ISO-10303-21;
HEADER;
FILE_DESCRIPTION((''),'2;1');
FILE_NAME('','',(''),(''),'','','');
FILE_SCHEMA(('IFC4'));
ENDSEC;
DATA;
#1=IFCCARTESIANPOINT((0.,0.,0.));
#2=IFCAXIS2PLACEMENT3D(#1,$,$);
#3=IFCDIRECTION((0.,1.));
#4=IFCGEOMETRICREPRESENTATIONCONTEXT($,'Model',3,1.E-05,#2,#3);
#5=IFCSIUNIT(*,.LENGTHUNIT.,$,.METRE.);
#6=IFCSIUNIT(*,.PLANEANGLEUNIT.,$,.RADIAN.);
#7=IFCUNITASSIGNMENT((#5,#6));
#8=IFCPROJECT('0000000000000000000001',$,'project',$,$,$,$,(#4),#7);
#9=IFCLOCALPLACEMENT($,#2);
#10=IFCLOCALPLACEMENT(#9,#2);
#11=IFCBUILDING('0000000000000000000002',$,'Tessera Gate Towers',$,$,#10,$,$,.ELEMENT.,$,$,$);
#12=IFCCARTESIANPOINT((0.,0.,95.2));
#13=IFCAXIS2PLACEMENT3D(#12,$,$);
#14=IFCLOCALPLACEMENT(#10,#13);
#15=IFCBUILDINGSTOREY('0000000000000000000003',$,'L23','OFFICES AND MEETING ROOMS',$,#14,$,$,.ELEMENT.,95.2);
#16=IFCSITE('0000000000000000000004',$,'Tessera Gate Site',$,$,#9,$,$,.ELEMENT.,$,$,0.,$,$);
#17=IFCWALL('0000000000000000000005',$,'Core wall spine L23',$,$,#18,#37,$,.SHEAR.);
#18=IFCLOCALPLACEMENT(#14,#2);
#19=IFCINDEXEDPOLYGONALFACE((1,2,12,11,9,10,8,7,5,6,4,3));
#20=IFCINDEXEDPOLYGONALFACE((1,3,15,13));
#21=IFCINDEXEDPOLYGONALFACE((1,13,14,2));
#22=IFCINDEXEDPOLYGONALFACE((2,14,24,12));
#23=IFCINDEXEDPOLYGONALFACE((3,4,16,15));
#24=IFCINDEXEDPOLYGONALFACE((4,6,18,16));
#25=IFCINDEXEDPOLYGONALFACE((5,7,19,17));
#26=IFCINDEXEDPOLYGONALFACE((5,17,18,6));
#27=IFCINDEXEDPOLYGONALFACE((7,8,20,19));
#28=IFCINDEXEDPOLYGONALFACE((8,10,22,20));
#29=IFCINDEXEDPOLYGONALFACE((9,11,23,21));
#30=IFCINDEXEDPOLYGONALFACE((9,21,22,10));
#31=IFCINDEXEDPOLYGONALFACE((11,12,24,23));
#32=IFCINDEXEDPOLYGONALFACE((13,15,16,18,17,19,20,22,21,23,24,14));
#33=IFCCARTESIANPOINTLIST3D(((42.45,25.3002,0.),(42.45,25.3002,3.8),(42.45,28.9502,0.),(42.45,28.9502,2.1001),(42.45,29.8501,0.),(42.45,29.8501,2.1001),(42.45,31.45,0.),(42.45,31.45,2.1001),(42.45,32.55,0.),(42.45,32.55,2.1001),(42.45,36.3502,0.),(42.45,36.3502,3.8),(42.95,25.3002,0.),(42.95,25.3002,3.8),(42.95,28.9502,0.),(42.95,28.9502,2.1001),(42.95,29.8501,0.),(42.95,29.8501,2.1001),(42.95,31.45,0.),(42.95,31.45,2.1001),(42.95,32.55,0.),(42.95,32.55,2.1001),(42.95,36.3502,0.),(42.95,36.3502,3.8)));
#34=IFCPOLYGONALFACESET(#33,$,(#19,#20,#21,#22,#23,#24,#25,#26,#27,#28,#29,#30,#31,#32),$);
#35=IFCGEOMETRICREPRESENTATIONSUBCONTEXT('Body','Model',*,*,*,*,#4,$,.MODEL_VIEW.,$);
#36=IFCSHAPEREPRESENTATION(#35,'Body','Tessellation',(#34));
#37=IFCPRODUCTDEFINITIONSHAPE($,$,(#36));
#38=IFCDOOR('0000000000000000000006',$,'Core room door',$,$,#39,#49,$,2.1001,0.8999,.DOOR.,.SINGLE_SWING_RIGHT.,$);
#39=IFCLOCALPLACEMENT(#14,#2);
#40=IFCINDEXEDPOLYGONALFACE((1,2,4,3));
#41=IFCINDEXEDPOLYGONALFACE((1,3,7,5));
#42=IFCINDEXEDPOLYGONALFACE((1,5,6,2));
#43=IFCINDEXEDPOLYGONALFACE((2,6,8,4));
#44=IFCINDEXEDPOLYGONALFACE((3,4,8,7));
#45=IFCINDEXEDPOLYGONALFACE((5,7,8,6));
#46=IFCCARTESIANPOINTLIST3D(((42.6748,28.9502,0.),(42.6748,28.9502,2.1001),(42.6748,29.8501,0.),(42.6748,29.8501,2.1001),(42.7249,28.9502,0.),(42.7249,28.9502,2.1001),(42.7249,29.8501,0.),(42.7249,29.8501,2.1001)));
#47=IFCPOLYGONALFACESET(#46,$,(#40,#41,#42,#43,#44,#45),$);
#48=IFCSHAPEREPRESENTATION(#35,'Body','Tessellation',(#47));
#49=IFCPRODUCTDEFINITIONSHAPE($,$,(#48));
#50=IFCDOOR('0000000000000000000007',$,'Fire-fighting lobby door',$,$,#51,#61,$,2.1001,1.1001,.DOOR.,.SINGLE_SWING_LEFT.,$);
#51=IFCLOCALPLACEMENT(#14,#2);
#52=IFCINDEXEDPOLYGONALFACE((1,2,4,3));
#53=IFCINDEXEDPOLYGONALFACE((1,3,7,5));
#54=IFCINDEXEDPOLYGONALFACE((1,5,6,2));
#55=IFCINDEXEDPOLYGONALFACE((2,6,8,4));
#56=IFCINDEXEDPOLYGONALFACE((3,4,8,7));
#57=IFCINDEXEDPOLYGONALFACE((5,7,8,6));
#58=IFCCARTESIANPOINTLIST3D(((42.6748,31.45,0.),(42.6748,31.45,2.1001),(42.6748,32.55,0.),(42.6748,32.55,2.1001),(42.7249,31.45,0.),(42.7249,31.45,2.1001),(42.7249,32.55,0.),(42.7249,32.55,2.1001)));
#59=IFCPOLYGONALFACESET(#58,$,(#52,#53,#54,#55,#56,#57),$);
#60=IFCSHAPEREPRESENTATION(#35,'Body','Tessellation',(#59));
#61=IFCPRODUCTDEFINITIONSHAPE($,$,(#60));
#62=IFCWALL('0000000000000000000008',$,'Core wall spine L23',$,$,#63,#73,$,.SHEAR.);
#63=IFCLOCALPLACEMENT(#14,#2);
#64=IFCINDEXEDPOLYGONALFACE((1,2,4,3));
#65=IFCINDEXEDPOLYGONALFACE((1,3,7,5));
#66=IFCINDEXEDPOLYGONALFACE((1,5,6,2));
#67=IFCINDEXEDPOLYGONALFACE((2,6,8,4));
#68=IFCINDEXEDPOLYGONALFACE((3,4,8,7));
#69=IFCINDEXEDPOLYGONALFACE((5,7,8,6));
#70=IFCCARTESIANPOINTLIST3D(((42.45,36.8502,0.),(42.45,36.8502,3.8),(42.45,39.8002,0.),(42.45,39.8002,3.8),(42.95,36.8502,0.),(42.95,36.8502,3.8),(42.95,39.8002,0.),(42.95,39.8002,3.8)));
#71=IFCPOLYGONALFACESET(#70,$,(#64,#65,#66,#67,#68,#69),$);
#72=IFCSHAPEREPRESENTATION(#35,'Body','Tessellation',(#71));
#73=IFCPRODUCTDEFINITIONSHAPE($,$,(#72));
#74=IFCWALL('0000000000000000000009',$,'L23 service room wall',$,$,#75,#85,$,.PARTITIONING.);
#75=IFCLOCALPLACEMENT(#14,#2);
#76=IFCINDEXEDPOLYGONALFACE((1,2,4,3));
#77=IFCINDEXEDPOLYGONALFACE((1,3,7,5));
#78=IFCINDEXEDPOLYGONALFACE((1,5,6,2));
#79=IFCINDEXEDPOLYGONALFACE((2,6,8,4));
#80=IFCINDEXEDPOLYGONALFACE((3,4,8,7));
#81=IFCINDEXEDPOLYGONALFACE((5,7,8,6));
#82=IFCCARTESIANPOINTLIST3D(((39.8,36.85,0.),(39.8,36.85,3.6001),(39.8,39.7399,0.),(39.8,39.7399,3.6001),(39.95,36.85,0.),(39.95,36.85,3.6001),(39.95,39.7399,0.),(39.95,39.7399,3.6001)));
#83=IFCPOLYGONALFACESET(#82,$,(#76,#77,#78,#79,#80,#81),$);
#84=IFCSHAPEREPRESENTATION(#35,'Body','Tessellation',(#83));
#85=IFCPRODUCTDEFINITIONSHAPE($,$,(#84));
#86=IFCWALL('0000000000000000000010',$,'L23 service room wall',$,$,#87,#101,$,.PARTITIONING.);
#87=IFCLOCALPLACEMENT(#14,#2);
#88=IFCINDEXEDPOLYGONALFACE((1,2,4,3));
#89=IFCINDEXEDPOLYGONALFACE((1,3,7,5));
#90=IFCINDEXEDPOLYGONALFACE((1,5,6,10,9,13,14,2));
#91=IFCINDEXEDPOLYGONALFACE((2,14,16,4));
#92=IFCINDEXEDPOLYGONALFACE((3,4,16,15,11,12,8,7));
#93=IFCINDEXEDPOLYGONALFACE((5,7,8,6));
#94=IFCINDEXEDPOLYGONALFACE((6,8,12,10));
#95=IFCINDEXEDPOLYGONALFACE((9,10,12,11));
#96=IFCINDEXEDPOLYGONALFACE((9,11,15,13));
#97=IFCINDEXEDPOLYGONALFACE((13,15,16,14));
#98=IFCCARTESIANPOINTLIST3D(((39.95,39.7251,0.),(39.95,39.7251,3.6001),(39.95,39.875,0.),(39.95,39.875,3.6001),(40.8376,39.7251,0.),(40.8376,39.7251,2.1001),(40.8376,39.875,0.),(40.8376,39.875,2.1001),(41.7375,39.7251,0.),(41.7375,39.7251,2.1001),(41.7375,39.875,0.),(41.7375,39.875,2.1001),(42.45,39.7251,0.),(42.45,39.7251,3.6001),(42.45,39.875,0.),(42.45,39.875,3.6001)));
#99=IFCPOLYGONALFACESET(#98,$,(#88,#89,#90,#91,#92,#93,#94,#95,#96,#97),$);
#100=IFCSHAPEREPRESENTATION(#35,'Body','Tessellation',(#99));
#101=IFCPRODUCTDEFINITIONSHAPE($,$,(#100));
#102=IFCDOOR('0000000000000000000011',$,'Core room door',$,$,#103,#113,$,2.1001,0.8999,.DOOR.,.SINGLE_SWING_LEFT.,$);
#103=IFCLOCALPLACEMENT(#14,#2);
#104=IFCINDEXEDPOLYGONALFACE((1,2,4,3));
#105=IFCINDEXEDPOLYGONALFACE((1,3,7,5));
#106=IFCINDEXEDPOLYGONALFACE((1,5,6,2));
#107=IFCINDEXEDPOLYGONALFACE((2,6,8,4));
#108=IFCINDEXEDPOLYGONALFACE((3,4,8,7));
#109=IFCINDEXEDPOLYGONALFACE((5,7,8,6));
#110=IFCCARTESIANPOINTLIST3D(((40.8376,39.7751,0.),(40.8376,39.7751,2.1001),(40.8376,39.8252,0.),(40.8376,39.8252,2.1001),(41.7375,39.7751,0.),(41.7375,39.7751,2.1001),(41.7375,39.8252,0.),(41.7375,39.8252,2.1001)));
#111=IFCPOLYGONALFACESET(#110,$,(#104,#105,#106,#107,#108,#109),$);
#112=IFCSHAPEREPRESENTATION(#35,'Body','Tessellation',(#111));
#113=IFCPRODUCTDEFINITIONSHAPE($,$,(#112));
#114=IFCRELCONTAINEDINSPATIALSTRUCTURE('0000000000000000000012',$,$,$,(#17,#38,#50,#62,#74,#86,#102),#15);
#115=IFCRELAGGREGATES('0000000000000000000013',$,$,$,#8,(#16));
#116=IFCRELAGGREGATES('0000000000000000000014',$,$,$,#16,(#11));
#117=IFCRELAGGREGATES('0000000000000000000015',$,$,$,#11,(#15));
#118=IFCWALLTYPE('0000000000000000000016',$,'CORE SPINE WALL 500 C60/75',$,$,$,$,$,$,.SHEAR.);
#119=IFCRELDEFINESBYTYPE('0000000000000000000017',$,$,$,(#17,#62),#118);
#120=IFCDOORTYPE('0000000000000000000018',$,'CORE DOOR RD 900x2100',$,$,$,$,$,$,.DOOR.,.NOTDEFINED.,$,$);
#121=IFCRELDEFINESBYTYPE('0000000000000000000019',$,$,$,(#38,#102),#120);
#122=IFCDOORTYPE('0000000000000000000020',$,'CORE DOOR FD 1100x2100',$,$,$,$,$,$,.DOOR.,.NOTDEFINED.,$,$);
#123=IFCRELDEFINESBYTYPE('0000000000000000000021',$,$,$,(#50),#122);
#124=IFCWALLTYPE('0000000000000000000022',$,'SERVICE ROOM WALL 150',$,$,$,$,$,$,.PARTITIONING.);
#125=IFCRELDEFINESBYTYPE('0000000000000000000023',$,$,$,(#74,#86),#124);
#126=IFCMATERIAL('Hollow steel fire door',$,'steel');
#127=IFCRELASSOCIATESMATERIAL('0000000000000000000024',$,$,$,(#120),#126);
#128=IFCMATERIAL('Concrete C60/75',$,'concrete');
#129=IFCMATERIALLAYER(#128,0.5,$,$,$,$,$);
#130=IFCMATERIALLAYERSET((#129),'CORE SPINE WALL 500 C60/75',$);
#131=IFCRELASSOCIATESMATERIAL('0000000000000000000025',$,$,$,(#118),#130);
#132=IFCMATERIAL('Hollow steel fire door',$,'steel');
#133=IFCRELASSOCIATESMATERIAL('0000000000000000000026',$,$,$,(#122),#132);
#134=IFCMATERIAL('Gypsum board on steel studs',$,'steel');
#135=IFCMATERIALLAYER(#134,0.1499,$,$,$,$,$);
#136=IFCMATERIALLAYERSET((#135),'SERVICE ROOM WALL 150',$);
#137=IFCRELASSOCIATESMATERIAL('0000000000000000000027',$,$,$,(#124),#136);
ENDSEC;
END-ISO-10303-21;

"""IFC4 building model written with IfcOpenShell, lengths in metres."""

from ifc_helpers import new_model, si_unit, direction, frame, frame_2d, origin, place, context, subcontext, project, spatial, rectangle, extrude, source, transform, mapped, material, layer, layer_set, type_object, element, fill, save


model = new_model("IFC4")

# Units and contexts
model_context = context("Model", 3, precision=1e-05, world=origin(), true_north=direction((0.0, 1.0)))
body_context = subcontext(model_context, "Body", "Model", "MODEL_VIEW")
ifc_project = project(units=[si_unit("LENGTHUNIT", "METRE"), si_unit("PLANEANGLEUNIT", "RADIAN")], contexts=[model_context])

# Site, building, storey
site_placement = place(None, origin())
site = spatial("IfcSite", under=ifc_project, at=site_placement, Name="Tessera Gate Site", CompositionType="ELEMENT", RefElevation=0.0)
building_placement = place(site_placement, origin())
building = spatial("IfcBuilding", under=site, at=building_placement, Name="Tessera Gate Towers", CompositionType="ELEMENT")
storey_placement = place(building_placement, frame((0.0, 0.0, 95.2)))
storey = spatial("IfcBuildingStorey", under=building, at=storey_placement, Name="L23", Description="OFFICES AND MEETING ROOMS", CompositionType="ELEMENT", Elevation=95.2)

# Shared definitions
ifc_material_1 = material(Name="Hollow steel fire door", Category="steel")
door_type_1 = type_object("IfcDoorType", Name="CORE DOOR RD 900x2100", OperationType="NOTDEFINED", PredefinedType="DOOR", material=ifc_material_1)
shared_shape_1 = source(origin(), body_context, "Body", "SweptSolid", [
    extrude(rectangle(XDim=0.8999, YDim=2.1001, at=frame_2d((0.45, 1.05))), frame((0.0, 0.0249, 0.0), z_axis=(0.0, -1.0, 0.0), x_axis=(1.0, 0.0, 0.0)), (0.0, 0.0, 1.0), 0.05),
])

# Wall, openings, doors
ifc_material_2 = material(Name="Concrete C60/75", Category="concrete")
ifc_layer_1 = layer(ifc_material_2, 0.5)
ifc_layer_set_1 = layer_set([ifc_layer_1], Name="CORE SPINE WALL 500 C60/75")
wall_type_1 = type_object("IfcWallType", Name="CORE SPINE WALL 500 C60/75", PredefinedType="SHEAR", material=ifc_layer_set_1)
wall_1_placement = place(storey_placement, frame((42.7, 36.3501, 0.0), z_axis=(0.0, 0.0, 1.0), x_axis=(0.0, -1.0, 0.0)))
wall_1 = element("IfcWall", 1, at=wall_1_placement, inside=storey, type_object=wall_type_1, Name="Core wall spine L23", PredefinedType="SHEAR", context=body_context, shape_type="SweptSolid", body=[
    extrude(rectangle(XDim=11.05, YDim=0.5, at=frame_2d((5.5249, 0.0))), origin(), (0.0, 0.0, 1.0), 3.8),
])
shared_shape_2 = source(origin(), body_context, "Body", "SweptSolid", [
    extrude(rectangle(XDim=0.8999, YDim=2.1001, at=frame_2d((0.45, 1.05))), frame((0.0, 0.26, 0.0), z_axis=(0.0, -1.0, 0.0), x_axis=(1.0, 0.0, 0.0)), (0.0, 0.0, 1.0), 0.52),
])
opening_1_placement = place(wall_1_placement, frame((6.5, 0.0, 0.0)))
opening_1 = element("IfcOpeningElement", 2, at=opening_1_placement, cuts=wall_1, PredefinedType="OPENING", context=body_context, shape_type="MappedRepresentation", body=[
    mapped(shared_shape_2, transform((0.0, 0.0, 0.0), scale=1.0)),
])
shared_shape_3 = source(origin(), body_context, "Body", "SweptSolid", [
    extrude(rectangle(XDim=1.1001, YDim=2.1001, at=frame_2d((0.55, 1.05))), frame((0.0, 0.26, 0.0), z_axis=(0.0, -1.0, 0.0), x_axis=(1.0, 0.0, 0.0)), (0.0, 0.0, 1.0), 0.52),
])
opening_2_placement = place(wall_1_placement, frame((3.8, 0.0, 0.0)))
opening_2 = element("IfcOpeningElement", 3, at=opening_2_placement, cuts=wall_1, PredefinedType="OPENING", context=body_context, shape_type="MappedRepresentation", body=[
    mapped(shared_shape_3, transform((0.0, 0.0, 0.0), scale=1.0)),
])
door_1_placement = place(opening_1_placement, origin())
door_1 = element("IfcDoor", 4, at=door_1_placement, inside=storey, type_object=door_type_1, Name="Core room door", OperationType="SINGLE_SWING_RIGHT", OverallHeight=2.1001, OverallWidth=0.8999, PredefinedType="DOOR", context=body_context, shape_type="MappedRepresentation", body=[
    mapped(shared_shape_1, transform((0.0, 0.0, 0.0), scale=1.0)),
])
fill(opening_1, door_1)
ifc_material_3 = material(Name="Hollow steel fire door", Category="steel")
door_type_2 = type_object("IfcDoorType", Name="CORE DOOR FD 1100x2100", OperationType="NOTDEFINED", PredefinedType="DOOR", material=ifc_material_3)
shared_shape_4 = source(origin(), body_context, "Body", "SweptSolid", [
    extrude(rectangle(XDim=1.1001, YDim=2.1001, at=frame_2d((0.55, 1.05))), frame((0.0, 0.0249, 0.0), z_axis=(0.0, -1.0, 0.0), x_axis=(1.0, 0.0, 0.0)), (0.0, 0.0, 1.0), 0.05),
])
door_2_placement = place(opening_2_placement, origin())
door_2 = element("IfcDoor", 5, at=door_2_placement, inside=storey, type_object=door_type_2, Name="Fire-fighting lobby door", OperationType="SINGLE_SWING_LEFT", OverallHeight=2.1001, OverallWidth=1.1001, PredefinedType="DOOR", context=body_context, shape_type="MappedRepresentation", body=[
    mapped(shared_shape_4, transform((0.0, 0.0, 0.0), scale=1.0)),
])
fill(opening_2, door_2)

# Walls
wall_2_placement = place(storey_placement, frame((42.7, 36.8501, 0.0), z_axis=(0.0, 0.0, 1.0), x_axis=(0.0, 1.0, 0.0)))
element("IfcWall", 6, at=wall_2_placement, inside=storey, type_object=wall_type_1, Name="Core wall spine L23", PredefinedType="SHEAR", context=body_context, shape_type="SweptSolid", body=[
    extrude(rectangle(XDim=2.95, YDim=0.5, at=frame_2d((1.4751, 0.0))), origin(), (0.0, 0.0, 1.0), 3.8),
])
ifc_material_4 = material(Name="Gypsum board on steel studs", Category="steel")
ifc_layer_2 = layer(ifc_material_4, 0.1499)
ifc_layer_set_2 = layer_set([ifc_layer_2], Name="SERVICE ROOM WALL 150")
wall_type_2 = type_object("IfcWallType", Name="SERVICE ROOM WALL 150", PredefinedType="PARTITIONING", material=ifc_layer_set_2)
wall_3_placement = place(storey_placement, frame((39.875, 36.8501, 0.0), z_axis=(0.0, 0.0, 1.0), x_axis=(0.0, 1.0, 0.0)))
element("IfcWall", 7, at=wall_3_placement, inside=storey, type_object=wall_type_2, Name="L23 service room wall", PredefinedType="PARTITIONING", context=body_context, shape_type="SweptSolid", body=[
    extrude(rectangle(XDim=2.8899, YDim=0.1499, at=frame_2d((1.4448, 0.0))), origin(), (0.0, 0.0, 1.0), 3.6001),
])

# Wall, opening, door
wall_4_placement = place(storey_placement, frame((42.45, 39.8, 0.0), z_axis=(0.0, 0.0, 1.0), x_axis=(-1.0, 0.0, 0.0)))
wall_4 = element("IfcWall", 8, at=wall_4_placement, inside=storey, type_object=wall_type_2, Name="L23 service room wall", PredefinedType="PARTITIONING", context=body_context, shape_type="SweptSolid", body=[
    extrude(rectangle(XDim=2.5, YDim=0.1499, at=frame_2d((1.25, 0.0))), origin(), (0.0, 0.0, 1.0), 3.6001),
])
shared_shape_5 = source(origin(), body_context, "Body", "SweptSolid", [
    extrude(rectangle(XDim=0.8999, YDim=2.1001, at=frame_2d((0.45, 1.05))), frame((0.0, 0.085, 0.0), z_axis=(0.0, -1.0, 0.0), x_axis=(1.0, 0.0, 0.0)), (0.0, 0.0, 1.0), 0.1699),
])
opening_3_placement = place(wall_4_placement, frame((0.7124, 0.0, 0.0)))
opening_3 = element("IfcOpeningElement", 9, at=opening_3_placement, cuts=wall_4, PredefinedType="OPENING", context=body_context, shape_type="MappedRepresentation", body=[
    mapped(shared_shape_5, transform((0.0, 0.0, 0.0), scale=1.0)),
])
door_3_placement = place(opening_3_placement, origin())
door_3 = element("IfcDoor", 10, at=door_3_placement, inside=storey, type_object=door_type_1, Name="Core room door", OperationType="SINGLE_SWING_LEFT", OverallHeight=2.1001, OverallWidth=0.8999, PredefinedType="DOOR", context=body_context, shape_type="MappedRepresentation", body=[
    mapped(shared_shape_1, transform((0.0, 0.0, 0.0), scale=1.0)),
])
fill(opening_3, door_3)

save(model, "model.ifc")
